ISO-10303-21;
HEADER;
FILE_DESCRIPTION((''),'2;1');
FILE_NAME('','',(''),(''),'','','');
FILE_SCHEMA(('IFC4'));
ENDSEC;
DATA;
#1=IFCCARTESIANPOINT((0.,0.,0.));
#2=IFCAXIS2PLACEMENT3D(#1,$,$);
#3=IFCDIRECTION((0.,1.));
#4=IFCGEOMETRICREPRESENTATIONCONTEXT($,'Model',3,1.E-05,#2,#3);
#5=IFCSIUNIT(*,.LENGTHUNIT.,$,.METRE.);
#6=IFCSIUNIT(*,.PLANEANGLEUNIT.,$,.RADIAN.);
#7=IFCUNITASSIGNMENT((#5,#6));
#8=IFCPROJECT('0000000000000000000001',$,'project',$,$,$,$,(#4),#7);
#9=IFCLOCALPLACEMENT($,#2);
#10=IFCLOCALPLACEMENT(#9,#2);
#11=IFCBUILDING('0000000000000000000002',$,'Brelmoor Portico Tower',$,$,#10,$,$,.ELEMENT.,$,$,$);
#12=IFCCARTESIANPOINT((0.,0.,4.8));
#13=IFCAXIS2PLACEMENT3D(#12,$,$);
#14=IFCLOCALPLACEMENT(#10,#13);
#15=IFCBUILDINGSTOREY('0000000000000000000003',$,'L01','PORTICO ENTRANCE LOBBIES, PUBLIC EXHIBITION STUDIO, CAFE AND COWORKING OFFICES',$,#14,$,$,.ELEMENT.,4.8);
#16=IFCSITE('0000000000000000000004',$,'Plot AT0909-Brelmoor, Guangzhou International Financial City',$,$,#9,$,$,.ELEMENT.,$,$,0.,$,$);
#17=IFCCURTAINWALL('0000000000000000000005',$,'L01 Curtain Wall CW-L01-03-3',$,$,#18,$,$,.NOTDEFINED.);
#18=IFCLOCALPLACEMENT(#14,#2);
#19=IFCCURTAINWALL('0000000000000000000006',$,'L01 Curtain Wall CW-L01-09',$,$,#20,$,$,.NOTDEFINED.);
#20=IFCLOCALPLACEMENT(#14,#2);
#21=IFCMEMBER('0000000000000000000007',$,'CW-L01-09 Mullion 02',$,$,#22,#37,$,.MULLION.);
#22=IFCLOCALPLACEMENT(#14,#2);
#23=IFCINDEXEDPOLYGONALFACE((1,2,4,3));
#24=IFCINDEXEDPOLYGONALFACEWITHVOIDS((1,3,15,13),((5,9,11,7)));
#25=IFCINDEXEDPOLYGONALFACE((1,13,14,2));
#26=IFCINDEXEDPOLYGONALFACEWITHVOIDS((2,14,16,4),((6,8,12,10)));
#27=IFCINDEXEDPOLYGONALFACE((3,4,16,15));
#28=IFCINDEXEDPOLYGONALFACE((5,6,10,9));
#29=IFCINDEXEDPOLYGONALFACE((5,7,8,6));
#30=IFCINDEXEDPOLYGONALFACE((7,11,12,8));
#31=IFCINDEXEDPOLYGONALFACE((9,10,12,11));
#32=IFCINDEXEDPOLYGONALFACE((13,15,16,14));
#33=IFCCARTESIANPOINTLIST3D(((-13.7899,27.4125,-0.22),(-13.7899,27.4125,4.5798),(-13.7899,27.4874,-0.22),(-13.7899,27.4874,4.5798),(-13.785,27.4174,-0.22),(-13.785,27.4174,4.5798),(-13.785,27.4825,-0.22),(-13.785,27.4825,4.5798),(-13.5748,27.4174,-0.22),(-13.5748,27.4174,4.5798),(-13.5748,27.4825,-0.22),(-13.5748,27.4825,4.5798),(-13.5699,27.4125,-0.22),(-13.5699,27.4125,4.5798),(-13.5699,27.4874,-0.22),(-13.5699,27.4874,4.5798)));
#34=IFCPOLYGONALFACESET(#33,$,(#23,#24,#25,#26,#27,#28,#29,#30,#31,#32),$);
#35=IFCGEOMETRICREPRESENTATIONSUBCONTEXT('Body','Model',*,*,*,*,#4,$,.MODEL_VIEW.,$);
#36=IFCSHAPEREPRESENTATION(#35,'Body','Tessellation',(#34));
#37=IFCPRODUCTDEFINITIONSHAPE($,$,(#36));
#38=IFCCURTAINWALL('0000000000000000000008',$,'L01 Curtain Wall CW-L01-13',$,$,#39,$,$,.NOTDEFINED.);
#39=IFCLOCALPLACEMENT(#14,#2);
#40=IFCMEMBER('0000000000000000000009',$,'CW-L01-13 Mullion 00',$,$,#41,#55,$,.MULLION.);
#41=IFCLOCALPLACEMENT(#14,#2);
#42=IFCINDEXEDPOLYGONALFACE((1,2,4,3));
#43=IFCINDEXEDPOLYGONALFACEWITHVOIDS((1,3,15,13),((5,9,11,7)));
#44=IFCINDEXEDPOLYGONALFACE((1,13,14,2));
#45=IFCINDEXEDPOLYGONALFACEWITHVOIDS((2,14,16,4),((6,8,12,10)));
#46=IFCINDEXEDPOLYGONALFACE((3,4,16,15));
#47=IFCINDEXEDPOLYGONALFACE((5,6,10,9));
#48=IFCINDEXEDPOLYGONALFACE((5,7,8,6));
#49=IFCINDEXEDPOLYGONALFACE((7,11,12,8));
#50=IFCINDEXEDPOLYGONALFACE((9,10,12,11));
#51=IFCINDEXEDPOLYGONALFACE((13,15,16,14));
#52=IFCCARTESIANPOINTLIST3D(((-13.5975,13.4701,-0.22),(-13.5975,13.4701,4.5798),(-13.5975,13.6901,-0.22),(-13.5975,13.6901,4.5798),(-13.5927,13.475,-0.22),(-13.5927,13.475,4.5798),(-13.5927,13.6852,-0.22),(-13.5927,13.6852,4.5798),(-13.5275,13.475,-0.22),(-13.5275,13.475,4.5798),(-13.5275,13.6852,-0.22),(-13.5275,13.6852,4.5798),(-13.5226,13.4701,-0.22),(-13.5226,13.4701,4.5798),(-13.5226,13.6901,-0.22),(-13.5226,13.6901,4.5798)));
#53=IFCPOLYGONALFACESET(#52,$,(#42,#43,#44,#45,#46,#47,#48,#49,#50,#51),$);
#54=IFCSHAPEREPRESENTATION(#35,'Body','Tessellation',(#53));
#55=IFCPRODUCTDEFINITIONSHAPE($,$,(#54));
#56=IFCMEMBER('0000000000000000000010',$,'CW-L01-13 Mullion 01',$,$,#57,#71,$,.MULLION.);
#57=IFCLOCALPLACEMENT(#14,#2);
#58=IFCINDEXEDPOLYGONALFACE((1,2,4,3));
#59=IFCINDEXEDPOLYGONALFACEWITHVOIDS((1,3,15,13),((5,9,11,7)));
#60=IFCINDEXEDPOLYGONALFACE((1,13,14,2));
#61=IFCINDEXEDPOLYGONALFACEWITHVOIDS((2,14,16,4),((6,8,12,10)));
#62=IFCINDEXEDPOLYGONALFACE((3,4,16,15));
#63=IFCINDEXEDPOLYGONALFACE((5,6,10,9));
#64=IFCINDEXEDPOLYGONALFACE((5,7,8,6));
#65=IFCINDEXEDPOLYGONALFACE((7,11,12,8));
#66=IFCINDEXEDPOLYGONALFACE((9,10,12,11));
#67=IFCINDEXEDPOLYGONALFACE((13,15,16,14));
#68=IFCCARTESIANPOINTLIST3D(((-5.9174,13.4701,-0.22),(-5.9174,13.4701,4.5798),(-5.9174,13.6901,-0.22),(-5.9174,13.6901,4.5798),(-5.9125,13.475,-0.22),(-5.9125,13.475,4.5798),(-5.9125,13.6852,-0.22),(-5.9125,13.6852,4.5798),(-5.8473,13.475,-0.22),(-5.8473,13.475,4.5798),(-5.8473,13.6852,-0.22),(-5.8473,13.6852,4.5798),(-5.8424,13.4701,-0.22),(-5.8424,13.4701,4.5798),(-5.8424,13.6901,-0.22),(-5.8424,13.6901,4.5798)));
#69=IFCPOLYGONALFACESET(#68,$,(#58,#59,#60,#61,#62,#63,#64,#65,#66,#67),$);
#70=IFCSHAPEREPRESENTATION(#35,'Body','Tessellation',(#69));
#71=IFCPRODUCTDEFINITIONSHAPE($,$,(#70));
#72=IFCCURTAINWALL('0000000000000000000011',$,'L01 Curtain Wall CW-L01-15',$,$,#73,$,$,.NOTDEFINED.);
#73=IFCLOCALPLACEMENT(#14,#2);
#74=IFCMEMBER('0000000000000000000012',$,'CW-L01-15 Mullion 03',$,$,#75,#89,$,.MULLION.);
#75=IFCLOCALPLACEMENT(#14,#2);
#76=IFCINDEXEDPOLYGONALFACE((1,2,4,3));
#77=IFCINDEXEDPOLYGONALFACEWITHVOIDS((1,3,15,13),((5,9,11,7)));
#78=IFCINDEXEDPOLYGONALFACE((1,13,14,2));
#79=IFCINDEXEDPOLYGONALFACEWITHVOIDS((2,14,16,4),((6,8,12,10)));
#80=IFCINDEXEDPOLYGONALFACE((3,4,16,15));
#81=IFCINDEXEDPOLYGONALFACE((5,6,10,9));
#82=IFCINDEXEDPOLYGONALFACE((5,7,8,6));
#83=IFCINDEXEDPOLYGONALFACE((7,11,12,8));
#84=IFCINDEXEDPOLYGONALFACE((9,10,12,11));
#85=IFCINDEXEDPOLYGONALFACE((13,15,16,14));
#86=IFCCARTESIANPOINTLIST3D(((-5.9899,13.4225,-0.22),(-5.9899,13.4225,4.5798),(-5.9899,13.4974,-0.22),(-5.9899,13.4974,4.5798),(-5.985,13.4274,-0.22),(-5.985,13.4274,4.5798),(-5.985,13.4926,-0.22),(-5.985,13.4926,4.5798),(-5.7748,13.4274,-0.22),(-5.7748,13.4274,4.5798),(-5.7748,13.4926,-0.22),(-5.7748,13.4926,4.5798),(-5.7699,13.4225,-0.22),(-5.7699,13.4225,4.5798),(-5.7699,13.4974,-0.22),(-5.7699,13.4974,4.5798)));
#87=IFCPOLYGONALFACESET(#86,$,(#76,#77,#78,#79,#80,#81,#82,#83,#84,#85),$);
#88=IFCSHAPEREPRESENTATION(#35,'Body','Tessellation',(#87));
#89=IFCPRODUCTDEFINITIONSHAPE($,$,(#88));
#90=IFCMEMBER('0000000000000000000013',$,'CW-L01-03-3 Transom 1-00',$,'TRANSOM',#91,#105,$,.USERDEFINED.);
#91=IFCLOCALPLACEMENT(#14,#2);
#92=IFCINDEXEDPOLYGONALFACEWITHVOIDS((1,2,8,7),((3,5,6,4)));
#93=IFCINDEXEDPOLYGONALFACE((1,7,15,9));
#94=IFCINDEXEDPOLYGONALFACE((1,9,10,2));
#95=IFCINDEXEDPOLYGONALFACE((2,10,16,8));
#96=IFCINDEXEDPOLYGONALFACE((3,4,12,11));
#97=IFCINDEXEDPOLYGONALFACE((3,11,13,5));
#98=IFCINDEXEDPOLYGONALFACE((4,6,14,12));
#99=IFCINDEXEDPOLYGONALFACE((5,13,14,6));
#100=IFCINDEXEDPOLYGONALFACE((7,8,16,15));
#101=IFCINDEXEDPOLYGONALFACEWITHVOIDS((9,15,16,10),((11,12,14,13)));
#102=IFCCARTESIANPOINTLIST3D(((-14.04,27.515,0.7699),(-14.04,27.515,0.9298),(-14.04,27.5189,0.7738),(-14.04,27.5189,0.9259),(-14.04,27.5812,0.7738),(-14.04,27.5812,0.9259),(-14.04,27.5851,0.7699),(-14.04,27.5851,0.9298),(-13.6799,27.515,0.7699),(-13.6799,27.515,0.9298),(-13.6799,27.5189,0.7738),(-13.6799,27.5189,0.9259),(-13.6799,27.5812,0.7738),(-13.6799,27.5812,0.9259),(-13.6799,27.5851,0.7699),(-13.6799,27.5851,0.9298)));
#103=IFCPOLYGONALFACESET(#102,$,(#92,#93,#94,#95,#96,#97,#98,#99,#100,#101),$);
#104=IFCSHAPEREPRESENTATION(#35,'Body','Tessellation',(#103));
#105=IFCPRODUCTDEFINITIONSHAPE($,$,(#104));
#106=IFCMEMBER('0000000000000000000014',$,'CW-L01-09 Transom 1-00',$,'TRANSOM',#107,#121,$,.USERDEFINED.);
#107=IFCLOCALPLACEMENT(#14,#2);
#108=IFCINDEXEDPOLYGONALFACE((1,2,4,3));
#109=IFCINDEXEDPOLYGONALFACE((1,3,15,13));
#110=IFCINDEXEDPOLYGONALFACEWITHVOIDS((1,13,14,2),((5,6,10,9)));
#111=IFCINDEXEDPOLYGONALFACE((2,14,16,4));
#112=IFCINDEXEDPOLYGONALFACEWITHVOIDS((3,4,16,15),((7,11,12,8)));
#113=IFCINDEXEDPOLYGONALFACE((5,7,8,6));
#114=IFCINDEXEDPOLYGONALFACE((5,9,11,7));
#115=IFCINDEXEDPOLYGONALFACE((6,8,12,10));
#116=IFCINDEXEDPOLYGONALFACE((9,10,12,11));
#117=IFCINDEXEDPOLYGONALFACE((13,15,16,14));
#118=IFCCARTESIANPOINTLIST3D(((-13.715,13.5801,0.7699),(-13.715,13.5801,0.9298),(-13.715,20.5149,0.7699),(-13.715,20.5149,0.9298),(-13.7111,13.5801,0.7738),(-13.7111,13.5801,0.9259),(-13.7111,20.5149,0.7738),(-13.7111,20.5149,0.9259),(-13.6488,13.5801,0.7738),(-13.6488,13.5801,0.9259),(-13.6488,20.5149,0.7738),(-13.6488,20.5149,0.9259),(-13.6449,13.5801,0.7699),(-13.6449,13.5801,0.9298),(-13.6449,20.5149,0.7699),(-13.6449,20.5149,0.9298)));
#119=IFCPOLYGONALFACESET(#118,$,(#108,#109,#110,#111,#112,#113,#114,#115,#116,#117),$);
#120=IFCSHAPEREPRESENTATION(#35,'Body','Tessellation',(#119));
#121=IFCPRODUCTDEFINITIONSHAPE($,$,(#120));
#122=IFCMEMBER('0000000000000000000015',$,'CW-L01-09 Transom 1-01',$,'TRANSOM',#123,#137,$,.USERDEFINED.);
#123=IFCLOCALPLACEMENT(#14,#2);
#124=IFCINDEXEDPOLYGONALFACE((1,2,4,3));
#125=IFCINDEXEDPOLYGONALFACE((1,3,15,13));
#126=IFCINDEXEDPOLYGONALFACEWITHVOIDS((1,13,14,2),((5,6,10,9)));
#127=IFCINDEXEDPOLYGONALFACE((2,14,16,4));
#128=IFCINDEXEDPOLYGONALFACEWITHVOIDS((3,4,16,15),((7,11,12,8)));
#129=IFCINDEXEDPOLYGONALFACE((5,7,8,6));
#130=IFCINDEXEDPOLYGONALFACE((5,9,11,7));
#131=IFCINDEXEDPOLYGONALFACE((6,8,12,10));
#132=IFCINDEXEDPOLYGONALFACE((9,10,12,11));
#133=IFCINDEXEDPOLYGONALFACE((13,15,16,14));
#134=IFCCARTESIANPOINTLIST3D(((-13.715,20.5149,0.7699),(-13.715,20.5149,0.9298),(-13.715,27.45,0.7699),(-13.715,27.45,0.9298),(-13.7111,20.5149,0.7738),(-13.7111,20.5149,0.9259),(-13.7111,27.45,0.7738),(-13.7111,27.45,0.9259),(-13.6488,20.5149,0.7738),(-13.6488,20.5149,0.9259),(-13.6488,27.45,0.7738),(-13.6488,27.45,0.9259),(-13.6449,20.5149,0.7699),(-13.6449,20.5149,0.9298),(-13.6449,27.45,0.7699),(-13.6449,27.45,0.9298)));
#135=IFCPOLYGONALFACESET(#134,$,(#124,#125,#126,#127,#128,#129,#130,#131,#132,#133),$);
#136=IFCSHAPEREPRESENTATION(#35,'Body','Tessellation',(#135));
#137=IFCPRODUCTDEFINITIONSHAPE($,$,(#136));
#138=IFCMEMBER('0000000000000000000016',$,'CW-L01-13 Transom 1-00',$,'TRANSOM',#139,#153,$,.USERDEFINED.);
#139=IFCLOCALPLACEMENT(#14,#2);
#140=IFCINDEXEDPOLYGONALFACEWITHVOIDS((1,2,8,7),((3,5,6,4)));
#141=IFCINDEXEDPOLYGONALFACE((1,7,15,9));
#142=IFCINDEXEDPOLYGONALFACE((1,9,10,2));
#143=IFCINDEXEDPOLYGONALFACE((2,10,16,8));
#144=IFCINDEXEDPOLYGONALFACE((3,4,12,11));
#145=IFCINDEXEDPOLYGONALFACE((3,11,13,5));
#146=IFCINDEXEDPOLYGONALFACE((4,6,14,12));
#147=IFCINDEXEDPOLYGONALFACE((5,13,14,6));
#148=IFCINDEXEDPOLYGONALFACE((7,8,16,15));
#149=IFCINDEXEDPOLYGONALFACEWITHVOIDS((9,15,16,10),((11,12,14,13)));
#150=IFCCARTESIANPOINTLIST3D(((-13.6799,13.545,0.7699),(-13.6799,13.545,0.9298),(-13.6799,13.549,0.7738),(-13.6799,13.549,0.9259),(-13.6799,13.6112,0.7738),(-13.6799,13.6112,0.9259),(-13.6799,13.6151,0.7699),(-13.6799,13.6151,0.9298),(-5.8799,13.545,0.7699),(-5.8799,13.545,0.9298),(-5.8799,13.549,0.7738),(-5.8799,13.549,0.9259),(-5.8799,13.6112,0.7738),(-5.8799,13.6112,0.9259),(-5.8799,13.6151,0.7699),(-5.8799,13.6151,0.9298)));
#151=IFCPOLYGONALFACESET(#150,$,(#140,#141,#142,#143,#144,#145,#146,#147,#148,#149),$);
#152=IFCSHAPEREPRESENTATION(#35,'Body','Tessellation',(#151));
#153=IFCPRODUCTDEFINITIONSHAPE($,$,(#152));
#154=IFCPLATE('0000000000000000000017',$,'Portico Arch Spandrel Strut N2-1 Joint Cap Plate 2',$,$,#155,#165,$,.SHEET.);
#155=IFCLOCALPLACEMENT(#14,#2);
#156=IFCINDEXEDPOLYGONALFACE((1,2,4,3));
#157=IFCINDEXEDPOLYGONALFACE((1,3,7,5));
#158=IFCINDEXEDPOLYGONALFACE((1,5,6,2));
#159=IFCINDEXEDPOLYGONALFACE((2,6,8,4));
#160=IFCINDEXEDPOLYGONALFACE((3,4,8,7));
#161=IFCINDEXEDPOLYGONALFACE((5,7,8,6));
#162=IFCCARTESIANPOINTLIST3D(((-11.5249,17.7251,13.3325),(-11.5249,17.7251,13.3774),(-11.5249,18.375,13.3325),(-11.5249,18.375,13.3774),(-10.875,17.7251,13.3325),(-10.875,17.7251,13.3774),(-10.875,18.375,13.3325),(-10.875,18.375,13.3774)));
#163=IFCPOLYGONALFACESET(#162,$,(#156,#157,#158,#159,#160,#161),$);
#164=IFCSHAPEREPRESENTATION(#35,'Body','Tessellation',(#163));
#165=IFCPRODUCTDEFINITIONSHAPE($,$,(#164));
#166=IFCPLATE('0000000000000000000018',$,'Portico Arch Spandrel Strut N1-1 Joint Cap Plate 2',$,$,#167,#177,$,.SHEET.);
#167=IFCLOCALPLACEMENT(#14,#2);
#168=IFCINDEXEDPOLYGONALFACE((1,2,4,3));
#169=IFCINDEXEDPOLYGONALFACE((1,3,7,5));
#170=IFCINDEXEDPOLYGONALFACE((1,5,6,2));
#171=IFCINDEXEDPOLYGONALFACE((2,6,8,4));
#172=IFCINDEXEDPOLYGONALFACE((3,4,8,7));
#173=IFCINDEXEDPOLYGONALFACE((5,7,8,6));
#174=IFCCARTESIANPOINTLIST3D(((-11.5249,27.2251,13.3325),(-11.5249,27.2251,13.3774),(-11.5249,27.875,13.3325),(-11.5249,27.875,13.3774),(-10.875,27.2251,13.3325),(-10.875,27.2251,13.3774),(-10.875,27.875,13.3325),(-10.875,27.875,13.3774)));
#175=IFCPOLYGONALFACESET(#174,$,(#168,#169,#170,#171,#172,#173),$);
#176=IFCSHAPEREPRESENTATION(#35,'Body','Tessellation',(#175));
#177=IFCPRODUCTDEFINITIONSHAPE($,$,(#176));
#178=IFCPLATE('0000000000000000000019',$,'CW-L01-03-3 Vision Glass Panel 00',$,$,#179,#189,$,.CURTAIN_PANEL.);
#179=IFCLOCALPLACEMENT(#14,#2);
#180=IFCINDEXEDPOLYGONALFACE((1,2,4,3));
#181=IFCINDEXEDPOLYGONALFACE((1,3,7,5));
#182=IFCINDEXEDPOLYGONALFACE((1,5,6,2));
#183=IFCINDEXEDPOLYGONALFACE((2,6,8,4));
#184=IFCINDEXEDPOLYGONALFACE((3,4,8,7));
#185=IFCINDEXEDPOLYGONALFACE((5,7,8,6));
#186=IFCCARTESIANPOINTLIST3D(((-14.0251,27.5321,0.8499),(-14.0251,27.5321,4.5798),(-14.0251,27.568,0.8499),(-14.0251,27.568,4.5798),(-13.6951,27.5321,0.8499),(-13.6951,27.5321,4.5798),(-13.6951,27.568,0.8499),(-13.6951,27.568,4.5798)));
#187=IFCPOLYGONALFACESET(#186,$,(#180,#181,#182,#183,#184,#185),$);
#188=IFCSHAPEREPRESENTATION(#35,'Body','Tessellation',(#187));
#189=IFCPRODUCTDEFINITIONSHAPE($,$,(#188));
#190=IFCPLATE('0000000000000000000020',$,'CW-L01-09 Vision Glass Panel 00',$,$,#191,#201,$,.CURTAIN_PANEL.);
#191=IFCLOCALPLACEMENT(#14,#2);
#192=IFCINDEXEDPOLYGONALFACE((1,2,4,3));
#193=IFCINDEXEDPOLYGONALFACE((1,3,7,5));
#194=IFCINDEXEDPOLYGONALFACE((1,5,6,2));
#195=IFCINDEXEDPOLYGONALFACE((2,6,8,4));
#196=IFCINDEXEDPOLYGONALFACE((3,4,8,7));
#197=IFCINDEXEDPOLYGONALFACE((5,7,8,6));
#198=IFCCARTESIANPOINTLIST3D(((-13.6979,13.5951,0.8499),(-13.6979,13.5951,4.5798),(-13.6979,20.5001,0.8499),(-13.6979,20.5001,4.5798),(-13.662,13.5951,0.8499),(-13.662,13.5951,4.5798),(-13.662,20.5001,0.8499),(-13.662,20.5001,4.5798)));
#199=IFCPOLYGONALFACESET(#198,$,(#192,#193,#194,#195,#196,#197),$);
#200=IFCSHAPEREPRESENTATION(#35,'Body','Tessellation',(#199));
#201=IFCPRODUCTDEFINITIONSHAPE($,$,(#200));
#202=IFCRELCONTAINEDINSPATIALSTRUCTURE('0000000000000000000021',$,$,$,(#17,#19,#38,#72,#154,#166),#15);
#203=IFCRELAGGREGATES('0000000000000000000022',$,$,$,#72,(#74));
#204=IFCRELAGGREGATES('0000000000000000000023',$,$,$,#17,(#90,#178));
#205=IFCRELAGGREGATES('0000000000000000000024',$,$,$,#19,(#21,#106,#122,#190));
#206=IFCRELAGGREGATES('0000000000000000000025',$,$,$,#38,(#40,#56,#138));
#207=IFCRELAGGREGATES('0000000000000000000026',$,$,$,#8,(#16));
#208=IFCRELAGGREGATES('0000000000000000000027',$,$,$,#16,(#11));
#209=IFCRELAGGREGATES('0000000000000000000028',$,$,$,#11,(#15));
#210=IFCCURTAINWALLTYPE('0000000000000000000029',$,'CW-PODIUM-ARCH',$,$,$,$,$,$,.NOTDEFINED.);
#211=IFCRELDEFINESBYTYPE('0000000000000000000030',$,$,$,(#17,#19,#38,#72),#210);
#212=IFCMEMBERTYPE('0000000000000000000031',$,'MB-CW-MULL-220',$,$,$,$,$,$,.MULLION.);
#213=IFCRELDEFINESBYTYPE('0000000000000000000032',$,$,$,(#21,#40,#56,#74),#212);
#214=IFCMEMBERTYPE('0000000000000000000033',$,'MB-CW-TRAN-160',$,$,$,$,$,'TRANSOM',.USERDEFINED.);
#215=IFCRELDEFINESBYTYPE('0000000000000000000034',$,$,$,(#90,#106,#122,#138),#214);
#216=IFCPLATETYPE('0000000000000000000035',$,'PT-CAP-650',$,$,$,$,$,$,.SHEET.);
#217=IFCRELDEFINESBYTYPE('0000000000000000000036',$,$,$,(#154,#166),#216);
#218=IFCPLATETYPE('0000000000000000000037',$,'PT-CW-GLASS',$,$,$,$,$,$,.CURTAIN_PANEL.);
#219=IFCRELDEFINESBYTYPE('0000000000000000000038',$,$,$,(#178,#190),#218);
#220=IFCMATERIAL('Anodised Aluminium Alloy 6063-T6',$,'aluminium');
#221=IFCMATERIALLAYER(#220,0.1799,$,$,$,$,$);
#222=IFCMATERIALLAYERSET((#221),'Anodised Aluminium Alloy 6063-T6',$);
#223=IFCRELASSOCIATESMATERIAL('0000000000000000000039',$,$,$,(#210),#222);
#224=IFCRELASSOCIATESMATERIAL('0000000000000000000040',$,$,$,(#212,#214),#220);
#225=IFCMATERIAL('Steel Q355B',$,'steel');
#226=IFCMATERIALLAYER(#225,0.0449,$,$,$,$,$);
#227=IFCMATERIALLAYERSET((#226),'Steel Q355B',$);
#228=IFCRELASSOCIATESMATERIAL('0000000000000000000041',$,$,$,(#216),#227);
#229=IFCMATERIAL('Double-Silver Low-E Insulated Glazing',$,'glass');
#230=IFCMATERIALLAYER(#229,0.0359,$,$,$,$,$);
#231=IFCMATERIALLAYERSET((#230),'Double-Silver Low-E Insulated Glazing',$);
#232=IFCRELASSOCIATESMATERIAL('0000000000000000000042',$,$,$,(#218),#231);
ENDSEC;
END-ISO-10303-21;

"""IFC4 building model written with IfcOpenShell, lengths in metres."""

from ifc_helpers import new_model, si_unit, direction, frame, origin, origin_2d, place, context, subcontext, project, spatial, rectangle, hollow_rectangle, extrude, material, layer, layer_set, material_profile, profile_set, type_object, element, aggregate, save


model = new_model("IFC4")

# Units and contexts
model_context = context("Model", 3, precision=1e-05, world=origin(), true_north=direction((0.0, 1.0)))
body_context = subcontext(model_context, "Body", "Model", "MODEL_VIEW")
ifc_project = project(units=[si_unit("LENGTHUNIT", "METRE"), si_unit("PLANEANGLEUNIT", "RADIAN")], contexts=[model_context])

# Site, building, storey
site_placement = place(None, origin())
site = spatial("IfcSite", under=ifc_project, at=site_placement, Name="Plot AT0909-Brelmoor, Guangzhou International Financial City", CompositionType="ELEMENT", RefElevation=0.0)
building_placement = place(site_placement, origin())
building = spatial("IfcBuilding", under=site, at=building_placement, Name="Brelmoor Portico Tower", CompositionType="ELEMENT")
storey_placement = place(building_placement, frame((0.0, 0.0, 4.8)))
storey = spatial("IfcBuildingStorey", under=building, at=storey_placement, Name="L01", Description="PORTICO ENTRANCE LOBBIES, PUBLIC EXHIBITION STUDIO, CAFE AND COWORKING OFFICES", CompositionType="ELEMENT", Elevation=4.8)

# Shared definitions
ifc_material_1 = material(Name="Steel Q355B", Category="steel")

# Curtain walls, members
ifc_material_2 = material(Name="Anodised Aluminium Alloy 6063-T6", Category="aluminium")
ifc_layer_1 = layer(ifc_material_2, 0.1799)
ifc_layer_set_1 = layer_set([ifc_layer_1], Name="Anodised Aluminium Alloy 6063-T6")
curtain_wall_type = type_object("IfcCurtainWallType", Name="CW-PODIUM-ARCH", PredefinedType="NOTDEFINED", material=ifc_layer_set_1)
curtain_wall_1_placement = place(storey_placement, origin())
curtain_wall_1 = element("IfcCurtainWall", 1, at=curtain_wall_1_placement, inside=storey, type_object=curtain_wall_type, Name="L01 Curtain Wall CW-L01-03-3", PredefinedType="NOTDEFINED")
ifc_material_profile_1 = material_profile(ifc_material_2, hollow_rectangle(XDim=0.075, YDim=0.22, WallThickness=0.0049, at=origin_2d()), Name="ALU MULLION 75x220")
ifc_profile_set_1 = profile_set([ifc_material_profile_1], Name="Anodised Aluminium Alloy 6063-T6")
member_type_1 = type_object("IfcMemberType", Name="MB-CW-MULL-220", PredefinedType="MULLION", material=ifc_profile_set_1)
curtain_wall_2_placement = place(storey_placement, origin())
curtain_wall_2 = element("IfcCurtainWall", 2, at=curtain_wall_2_placement, inside=storey, type_object=curtain_wall_type, Name="L01 Curtain Wall CW-L01-09", PredefinedType="NOTDEFINED")
member_1_placement = place(storey_placement, frame((-13.6799, 27.45, -0.22), z_axis=(0.0, 0.0, 1.0), x_axis=(0.0, 1.0, 0.0)))
member_1 = element("IfcMember", 3, at=member_1_placement, type_object=member_type_1, Name="CW-L01-09 Mullion 02", PredefinedType="MULLION", context=body_context, shape_type="SweptSolid", body=[
    extrude(hollow_rectangle(XDim=0.075, YDim=0.22, WallThickness=0.0049, at=origin_2d()), origin(), (0.0, 0.0, 1.0), 4.7998),
])
curtain_wall_3_placement = place(storey_placement, origin())
curtain_wall_3 = element("IfcCurtainWall", 4, at=curtain_wall_3_placement, inside=storey, type_object=curtain_wall_type, Name="L01 Curtain Wall CW-L01-13", PredefinedType="NOTDEFINED")
member_2_placement = place(storey_placement, frame((-13.5601, 13.5801, -0.22), z_axis=(0.0, 0.0, 1.0), x_axis=(1.0, 0.0, 0.0)))
member_2 = element("IfcMember", 5, at=member_2_placement, type_object=member_type_1, Name="CW-L01-13 Mullion 00", PredefinedType="MULLION", context=body_context, shape_type="SweptSolid", body=[
    extrude(hollow_rectangle(XDim=0.075, YDim=0.22, WallThickness=0.0049, at=origin_2d()), origin(), (0.0, 0.0, 1.0), 4.7998),
])
member_3_placement = place(storey_placement, frame((-5.8799, 13.5801, -0.22), z_axis=(0.0, 0.0, 1.0), x_axis=(1.0, 0.0, 0.0)))
member_3 = element("IfcMember", 6, at=member_3_placement, type_object=member_type_1, Name="CW-L01-13 Mullion 01", PredefinedType="MULLION", context=body_context, shape_type="SweptSolid", body=[
    extrude(hollow_rectangle(XDim=0.075, YDim=0.22, WallThickness=0.0049, at=origin_2d()), origin(), (0.0, 0.0, 1.0), 4.7998),
])

# Curtain wall, member
curtain_wall_4_placement = place(storey_placement, origin())
curtain_wall_4 = element("IfcCurtainWall", 7, at=curtain_wall_4_placement, inside=storey, type_object=curtain_wall_type, Name="L01 Curtain Wall CW-L01-15", PredefinedType="NOTDEFINED")
member_4_placement = place(storey_placement, frame((-5.8799, 13.46, -0.22), z_axis=(0.0, 0.0, 1.0), x_axis=(0.0, 1.0, 0.0)))
member_4 = element("IfcMember", 8, at=member_4_placement, type_object=member_type_1, Name="CW-L01-15 Mullion 03", PredefinedType="MULLION", context=body_context, shape_type="SweptSolid", body=[
    extrude(hollow_rectangle(XDim=0.075, YDim=0.22, WallThickness=0.0049, at=origin_2d()), origin(), (0.0, 0.0, 1.0), 4.7998),
])
aggregate(curtain_wall_4, [member_4])

# Members
ifc_material_profile_2 = material_profile(ifc_material_2, hollow_rectangle(XDim=0.0701, YDim=0.1599, WallThickness=0.0039, at=origin_2d()), Name="ALU TRANSOM 70x160")
ifc_profile_set_2 = profile_set([ifc_material_profile_2], Name="Anodised Aluminium Alloy 6063-T6")
member_type_2 = type_object("IfcMemberType", Name="MB-CW-TRAN-160", ElementType="TRANSOM", PredefinedType="USERDEFINED", material=ifc_profile_set_2)
member_5_placement = place(storey_placement, frame((-14.04, 27.55, 0.8499), z_axis=(1.0, 0.0, 0.0), x_axis=(0.0, 1.0, 0.0)))
member_5 = element("IfcMember", 9, at=member_5_placement, type_object=member_type_2, Name="CW-L01-03-3 Transom 1-00", ObjectType="TRANSOM", PredefinedType="USERDEFINED", context=body_context, shape_type="SweptSolid", body=[
    extrude(hollow_rectangle(XDim=0.0701, YDim=0.1599, WallThickness=0.0039, at=origin_2d()), origin(), (0.0, 0.0, 1.0), 0.3601),
])
member_6_placement = place(storey_placement, frame((-13.6799, 13.5801, 0.8499), z_axis=(0.0, 1.0, 0.0), x_axis=(-1.0, 0.0, 0.0)))
member_6 = element("IfcMember", 10, at=member_6_placement, type_object=member_type_2, Name="CW-L01-09 Transom 1-00", ObjectType="TRANSOM", PredefinedType="USERDEFINED", context=body_context, shape_type="SweptSolid", body=[
    extrude(hollow_rectangle(XDim=0.0701, YDim=0.1599, WallThickness=0.0039, at=origin_2d()), origin(), (0.0, 0.0, 1.0), 6.9348),
])
member_7_placement = place(storey_placement, frame((-13.6799, 20.5149, 0.8499), z_axis=(0.0, 1.0, 0.0), x_axis=(-1.0, 0.0, 0.0)))
member_7 = element("IfcMember", 11, at=member_7_placement, type_object=member_type_2, Name="CW-L01-09 Transom 1-01", ObjectType="TRANSOM", PredefinedType="USERDEFINED", context=body_context, shape_type="SweptSolid", body=[
    extrude(hollow_rectangle(XDim=0.0701, YDim=0.1599, WallThickness=0.0039, at=origin_2d()), origin(), (0.0, 0.0, 1.0), 6.9351),
])
member_8_placement = place(storey_placement, frame((-13.6799, 13.5801, 0.8499), z_axis=(1.0, 0.0, 0.0), x_axis=(0.0, 1.0, 0.0)))
member_8 = element("IfcMember", 12, at=member_8_placement, type_object=member_type_2, Name="CW-L01-13 Transom 1-00", ObjectType="TRANSOM", PredefinedType="USERDEFINED", context=body_context, shape_type="SweptSolid", body=[
    extrude(hollow_rectangle(XDim=0.0701, YDim=0.1599, WallThickness=0.0039, at=origin_2d()), origin(), (0.0, 0.0, 1.0), 7.8),
])

# Plates
ifc_layer_2 = layer(ifc_material_1, 0.0449)
ifc_layer_set_2 = layer_set([ifc_layer_2], Name="Steel Q355B")
plate_type_1 = type_object("IfcPlateType", Name="PT-CAP-650", PredefinedType="SHEET", material=ifc_layer_set_2)
for number, where, z_axis, x_axis, name in (
    (13, (-11.2, 18.05, 13.3325), (0.0, 0.0, 1.0), (1.0, 0.0, 0.0), "Portico Arch Spandrel Strut N2-1 Joint Cap Plate 2"),
    (14, (-11.2, 27.55, 13.3325), (0.0, 0.0, 1.0), (1.0, 0.0, 0.0), "Portico Arch Spandrel Strut N1-1 Joint Cap Plate 2"),
):
    element("IfcPlate", number, at=place(storey_placement, frame(where, z_axis=z_axis, x_axis=x_axis)), inside=storey, type_object=plate_type_1, Name=name, PredefinedType="SHEET", context=body_context, shape_type="SweptSolid", body=[
        extrude(rectangle(XDim=0.6499, YDim=0.6499, at=origin_2d()), origin(), (0.0, 0.0, 1.0), 0.0449),
    ])

# Plates
ifc_material_3 = material(Name="Double-Silver Low-E Insulated Glazing", Category="glass")
ifc_layer_3 = layer(ifc_material_3, 0.0359)
ifc_layer_set_3 = layer_set([ifc_layer_3], Name="Double-Silver Low-E Insulated Glazing")
plate_type_2 = type_object("IfcPlateType", Name="PT-CW-GLASS", PredefinedType="CURTAIN_PANEL", material=ifc_layer_set_3)
plate_1_placement = place(storey_placement, frame((-13.8601, 27.55, 0.8499), z_axis=(0.0, 0.0, 1.0), x_axis=(1.0, 0.0, 0.0)))
plate_1 = element("IfcPlate", 15, at=plate_1_placement, type_object=plate_type_2, Name="CW-L01-03-3 Vision Glass Panel 00", PredefinedType="CURTAIN_PANEL", context=body_context, shape_type="SweptSolid", body=[
    extrude(rectangle(XDim=0.3301, YDim=0.0359, at=origin_2d()), origin(), (0.0, 0.0, 1.0), 3.73),
])
plate_2_placement = place(storey_placement, frame((-13.6799, 17.0476, 0.8499), z_axis=(0.0, 0.0, 1.0), x_axis=(0.0, 1.0, 0.0)))
plate_2 = element("IfcPlate", 16, at=plate_2_placement, type_object=plate_type_2, Name="CW-L01-09 Vision Glass Panel 00", PredefinedType="CURTAIN_PANEL", context=body_context, shape_type="SweptSolid", body=[
    extrude(rectangle(XDim=6.905, YDim=0.0359, at=origin_2d()), origin(), (0.0, 0.0, 1.0), 3.73),
])
aggregate(curtain_wall_1, [member_5, plate_1])
aggregate(curtain_wall_2, [member_1, member_6, member_7, plate_2])
aggregate(curtain_wall_3, [member_2, member_3, member_8])

save(model, "model.ifc")
